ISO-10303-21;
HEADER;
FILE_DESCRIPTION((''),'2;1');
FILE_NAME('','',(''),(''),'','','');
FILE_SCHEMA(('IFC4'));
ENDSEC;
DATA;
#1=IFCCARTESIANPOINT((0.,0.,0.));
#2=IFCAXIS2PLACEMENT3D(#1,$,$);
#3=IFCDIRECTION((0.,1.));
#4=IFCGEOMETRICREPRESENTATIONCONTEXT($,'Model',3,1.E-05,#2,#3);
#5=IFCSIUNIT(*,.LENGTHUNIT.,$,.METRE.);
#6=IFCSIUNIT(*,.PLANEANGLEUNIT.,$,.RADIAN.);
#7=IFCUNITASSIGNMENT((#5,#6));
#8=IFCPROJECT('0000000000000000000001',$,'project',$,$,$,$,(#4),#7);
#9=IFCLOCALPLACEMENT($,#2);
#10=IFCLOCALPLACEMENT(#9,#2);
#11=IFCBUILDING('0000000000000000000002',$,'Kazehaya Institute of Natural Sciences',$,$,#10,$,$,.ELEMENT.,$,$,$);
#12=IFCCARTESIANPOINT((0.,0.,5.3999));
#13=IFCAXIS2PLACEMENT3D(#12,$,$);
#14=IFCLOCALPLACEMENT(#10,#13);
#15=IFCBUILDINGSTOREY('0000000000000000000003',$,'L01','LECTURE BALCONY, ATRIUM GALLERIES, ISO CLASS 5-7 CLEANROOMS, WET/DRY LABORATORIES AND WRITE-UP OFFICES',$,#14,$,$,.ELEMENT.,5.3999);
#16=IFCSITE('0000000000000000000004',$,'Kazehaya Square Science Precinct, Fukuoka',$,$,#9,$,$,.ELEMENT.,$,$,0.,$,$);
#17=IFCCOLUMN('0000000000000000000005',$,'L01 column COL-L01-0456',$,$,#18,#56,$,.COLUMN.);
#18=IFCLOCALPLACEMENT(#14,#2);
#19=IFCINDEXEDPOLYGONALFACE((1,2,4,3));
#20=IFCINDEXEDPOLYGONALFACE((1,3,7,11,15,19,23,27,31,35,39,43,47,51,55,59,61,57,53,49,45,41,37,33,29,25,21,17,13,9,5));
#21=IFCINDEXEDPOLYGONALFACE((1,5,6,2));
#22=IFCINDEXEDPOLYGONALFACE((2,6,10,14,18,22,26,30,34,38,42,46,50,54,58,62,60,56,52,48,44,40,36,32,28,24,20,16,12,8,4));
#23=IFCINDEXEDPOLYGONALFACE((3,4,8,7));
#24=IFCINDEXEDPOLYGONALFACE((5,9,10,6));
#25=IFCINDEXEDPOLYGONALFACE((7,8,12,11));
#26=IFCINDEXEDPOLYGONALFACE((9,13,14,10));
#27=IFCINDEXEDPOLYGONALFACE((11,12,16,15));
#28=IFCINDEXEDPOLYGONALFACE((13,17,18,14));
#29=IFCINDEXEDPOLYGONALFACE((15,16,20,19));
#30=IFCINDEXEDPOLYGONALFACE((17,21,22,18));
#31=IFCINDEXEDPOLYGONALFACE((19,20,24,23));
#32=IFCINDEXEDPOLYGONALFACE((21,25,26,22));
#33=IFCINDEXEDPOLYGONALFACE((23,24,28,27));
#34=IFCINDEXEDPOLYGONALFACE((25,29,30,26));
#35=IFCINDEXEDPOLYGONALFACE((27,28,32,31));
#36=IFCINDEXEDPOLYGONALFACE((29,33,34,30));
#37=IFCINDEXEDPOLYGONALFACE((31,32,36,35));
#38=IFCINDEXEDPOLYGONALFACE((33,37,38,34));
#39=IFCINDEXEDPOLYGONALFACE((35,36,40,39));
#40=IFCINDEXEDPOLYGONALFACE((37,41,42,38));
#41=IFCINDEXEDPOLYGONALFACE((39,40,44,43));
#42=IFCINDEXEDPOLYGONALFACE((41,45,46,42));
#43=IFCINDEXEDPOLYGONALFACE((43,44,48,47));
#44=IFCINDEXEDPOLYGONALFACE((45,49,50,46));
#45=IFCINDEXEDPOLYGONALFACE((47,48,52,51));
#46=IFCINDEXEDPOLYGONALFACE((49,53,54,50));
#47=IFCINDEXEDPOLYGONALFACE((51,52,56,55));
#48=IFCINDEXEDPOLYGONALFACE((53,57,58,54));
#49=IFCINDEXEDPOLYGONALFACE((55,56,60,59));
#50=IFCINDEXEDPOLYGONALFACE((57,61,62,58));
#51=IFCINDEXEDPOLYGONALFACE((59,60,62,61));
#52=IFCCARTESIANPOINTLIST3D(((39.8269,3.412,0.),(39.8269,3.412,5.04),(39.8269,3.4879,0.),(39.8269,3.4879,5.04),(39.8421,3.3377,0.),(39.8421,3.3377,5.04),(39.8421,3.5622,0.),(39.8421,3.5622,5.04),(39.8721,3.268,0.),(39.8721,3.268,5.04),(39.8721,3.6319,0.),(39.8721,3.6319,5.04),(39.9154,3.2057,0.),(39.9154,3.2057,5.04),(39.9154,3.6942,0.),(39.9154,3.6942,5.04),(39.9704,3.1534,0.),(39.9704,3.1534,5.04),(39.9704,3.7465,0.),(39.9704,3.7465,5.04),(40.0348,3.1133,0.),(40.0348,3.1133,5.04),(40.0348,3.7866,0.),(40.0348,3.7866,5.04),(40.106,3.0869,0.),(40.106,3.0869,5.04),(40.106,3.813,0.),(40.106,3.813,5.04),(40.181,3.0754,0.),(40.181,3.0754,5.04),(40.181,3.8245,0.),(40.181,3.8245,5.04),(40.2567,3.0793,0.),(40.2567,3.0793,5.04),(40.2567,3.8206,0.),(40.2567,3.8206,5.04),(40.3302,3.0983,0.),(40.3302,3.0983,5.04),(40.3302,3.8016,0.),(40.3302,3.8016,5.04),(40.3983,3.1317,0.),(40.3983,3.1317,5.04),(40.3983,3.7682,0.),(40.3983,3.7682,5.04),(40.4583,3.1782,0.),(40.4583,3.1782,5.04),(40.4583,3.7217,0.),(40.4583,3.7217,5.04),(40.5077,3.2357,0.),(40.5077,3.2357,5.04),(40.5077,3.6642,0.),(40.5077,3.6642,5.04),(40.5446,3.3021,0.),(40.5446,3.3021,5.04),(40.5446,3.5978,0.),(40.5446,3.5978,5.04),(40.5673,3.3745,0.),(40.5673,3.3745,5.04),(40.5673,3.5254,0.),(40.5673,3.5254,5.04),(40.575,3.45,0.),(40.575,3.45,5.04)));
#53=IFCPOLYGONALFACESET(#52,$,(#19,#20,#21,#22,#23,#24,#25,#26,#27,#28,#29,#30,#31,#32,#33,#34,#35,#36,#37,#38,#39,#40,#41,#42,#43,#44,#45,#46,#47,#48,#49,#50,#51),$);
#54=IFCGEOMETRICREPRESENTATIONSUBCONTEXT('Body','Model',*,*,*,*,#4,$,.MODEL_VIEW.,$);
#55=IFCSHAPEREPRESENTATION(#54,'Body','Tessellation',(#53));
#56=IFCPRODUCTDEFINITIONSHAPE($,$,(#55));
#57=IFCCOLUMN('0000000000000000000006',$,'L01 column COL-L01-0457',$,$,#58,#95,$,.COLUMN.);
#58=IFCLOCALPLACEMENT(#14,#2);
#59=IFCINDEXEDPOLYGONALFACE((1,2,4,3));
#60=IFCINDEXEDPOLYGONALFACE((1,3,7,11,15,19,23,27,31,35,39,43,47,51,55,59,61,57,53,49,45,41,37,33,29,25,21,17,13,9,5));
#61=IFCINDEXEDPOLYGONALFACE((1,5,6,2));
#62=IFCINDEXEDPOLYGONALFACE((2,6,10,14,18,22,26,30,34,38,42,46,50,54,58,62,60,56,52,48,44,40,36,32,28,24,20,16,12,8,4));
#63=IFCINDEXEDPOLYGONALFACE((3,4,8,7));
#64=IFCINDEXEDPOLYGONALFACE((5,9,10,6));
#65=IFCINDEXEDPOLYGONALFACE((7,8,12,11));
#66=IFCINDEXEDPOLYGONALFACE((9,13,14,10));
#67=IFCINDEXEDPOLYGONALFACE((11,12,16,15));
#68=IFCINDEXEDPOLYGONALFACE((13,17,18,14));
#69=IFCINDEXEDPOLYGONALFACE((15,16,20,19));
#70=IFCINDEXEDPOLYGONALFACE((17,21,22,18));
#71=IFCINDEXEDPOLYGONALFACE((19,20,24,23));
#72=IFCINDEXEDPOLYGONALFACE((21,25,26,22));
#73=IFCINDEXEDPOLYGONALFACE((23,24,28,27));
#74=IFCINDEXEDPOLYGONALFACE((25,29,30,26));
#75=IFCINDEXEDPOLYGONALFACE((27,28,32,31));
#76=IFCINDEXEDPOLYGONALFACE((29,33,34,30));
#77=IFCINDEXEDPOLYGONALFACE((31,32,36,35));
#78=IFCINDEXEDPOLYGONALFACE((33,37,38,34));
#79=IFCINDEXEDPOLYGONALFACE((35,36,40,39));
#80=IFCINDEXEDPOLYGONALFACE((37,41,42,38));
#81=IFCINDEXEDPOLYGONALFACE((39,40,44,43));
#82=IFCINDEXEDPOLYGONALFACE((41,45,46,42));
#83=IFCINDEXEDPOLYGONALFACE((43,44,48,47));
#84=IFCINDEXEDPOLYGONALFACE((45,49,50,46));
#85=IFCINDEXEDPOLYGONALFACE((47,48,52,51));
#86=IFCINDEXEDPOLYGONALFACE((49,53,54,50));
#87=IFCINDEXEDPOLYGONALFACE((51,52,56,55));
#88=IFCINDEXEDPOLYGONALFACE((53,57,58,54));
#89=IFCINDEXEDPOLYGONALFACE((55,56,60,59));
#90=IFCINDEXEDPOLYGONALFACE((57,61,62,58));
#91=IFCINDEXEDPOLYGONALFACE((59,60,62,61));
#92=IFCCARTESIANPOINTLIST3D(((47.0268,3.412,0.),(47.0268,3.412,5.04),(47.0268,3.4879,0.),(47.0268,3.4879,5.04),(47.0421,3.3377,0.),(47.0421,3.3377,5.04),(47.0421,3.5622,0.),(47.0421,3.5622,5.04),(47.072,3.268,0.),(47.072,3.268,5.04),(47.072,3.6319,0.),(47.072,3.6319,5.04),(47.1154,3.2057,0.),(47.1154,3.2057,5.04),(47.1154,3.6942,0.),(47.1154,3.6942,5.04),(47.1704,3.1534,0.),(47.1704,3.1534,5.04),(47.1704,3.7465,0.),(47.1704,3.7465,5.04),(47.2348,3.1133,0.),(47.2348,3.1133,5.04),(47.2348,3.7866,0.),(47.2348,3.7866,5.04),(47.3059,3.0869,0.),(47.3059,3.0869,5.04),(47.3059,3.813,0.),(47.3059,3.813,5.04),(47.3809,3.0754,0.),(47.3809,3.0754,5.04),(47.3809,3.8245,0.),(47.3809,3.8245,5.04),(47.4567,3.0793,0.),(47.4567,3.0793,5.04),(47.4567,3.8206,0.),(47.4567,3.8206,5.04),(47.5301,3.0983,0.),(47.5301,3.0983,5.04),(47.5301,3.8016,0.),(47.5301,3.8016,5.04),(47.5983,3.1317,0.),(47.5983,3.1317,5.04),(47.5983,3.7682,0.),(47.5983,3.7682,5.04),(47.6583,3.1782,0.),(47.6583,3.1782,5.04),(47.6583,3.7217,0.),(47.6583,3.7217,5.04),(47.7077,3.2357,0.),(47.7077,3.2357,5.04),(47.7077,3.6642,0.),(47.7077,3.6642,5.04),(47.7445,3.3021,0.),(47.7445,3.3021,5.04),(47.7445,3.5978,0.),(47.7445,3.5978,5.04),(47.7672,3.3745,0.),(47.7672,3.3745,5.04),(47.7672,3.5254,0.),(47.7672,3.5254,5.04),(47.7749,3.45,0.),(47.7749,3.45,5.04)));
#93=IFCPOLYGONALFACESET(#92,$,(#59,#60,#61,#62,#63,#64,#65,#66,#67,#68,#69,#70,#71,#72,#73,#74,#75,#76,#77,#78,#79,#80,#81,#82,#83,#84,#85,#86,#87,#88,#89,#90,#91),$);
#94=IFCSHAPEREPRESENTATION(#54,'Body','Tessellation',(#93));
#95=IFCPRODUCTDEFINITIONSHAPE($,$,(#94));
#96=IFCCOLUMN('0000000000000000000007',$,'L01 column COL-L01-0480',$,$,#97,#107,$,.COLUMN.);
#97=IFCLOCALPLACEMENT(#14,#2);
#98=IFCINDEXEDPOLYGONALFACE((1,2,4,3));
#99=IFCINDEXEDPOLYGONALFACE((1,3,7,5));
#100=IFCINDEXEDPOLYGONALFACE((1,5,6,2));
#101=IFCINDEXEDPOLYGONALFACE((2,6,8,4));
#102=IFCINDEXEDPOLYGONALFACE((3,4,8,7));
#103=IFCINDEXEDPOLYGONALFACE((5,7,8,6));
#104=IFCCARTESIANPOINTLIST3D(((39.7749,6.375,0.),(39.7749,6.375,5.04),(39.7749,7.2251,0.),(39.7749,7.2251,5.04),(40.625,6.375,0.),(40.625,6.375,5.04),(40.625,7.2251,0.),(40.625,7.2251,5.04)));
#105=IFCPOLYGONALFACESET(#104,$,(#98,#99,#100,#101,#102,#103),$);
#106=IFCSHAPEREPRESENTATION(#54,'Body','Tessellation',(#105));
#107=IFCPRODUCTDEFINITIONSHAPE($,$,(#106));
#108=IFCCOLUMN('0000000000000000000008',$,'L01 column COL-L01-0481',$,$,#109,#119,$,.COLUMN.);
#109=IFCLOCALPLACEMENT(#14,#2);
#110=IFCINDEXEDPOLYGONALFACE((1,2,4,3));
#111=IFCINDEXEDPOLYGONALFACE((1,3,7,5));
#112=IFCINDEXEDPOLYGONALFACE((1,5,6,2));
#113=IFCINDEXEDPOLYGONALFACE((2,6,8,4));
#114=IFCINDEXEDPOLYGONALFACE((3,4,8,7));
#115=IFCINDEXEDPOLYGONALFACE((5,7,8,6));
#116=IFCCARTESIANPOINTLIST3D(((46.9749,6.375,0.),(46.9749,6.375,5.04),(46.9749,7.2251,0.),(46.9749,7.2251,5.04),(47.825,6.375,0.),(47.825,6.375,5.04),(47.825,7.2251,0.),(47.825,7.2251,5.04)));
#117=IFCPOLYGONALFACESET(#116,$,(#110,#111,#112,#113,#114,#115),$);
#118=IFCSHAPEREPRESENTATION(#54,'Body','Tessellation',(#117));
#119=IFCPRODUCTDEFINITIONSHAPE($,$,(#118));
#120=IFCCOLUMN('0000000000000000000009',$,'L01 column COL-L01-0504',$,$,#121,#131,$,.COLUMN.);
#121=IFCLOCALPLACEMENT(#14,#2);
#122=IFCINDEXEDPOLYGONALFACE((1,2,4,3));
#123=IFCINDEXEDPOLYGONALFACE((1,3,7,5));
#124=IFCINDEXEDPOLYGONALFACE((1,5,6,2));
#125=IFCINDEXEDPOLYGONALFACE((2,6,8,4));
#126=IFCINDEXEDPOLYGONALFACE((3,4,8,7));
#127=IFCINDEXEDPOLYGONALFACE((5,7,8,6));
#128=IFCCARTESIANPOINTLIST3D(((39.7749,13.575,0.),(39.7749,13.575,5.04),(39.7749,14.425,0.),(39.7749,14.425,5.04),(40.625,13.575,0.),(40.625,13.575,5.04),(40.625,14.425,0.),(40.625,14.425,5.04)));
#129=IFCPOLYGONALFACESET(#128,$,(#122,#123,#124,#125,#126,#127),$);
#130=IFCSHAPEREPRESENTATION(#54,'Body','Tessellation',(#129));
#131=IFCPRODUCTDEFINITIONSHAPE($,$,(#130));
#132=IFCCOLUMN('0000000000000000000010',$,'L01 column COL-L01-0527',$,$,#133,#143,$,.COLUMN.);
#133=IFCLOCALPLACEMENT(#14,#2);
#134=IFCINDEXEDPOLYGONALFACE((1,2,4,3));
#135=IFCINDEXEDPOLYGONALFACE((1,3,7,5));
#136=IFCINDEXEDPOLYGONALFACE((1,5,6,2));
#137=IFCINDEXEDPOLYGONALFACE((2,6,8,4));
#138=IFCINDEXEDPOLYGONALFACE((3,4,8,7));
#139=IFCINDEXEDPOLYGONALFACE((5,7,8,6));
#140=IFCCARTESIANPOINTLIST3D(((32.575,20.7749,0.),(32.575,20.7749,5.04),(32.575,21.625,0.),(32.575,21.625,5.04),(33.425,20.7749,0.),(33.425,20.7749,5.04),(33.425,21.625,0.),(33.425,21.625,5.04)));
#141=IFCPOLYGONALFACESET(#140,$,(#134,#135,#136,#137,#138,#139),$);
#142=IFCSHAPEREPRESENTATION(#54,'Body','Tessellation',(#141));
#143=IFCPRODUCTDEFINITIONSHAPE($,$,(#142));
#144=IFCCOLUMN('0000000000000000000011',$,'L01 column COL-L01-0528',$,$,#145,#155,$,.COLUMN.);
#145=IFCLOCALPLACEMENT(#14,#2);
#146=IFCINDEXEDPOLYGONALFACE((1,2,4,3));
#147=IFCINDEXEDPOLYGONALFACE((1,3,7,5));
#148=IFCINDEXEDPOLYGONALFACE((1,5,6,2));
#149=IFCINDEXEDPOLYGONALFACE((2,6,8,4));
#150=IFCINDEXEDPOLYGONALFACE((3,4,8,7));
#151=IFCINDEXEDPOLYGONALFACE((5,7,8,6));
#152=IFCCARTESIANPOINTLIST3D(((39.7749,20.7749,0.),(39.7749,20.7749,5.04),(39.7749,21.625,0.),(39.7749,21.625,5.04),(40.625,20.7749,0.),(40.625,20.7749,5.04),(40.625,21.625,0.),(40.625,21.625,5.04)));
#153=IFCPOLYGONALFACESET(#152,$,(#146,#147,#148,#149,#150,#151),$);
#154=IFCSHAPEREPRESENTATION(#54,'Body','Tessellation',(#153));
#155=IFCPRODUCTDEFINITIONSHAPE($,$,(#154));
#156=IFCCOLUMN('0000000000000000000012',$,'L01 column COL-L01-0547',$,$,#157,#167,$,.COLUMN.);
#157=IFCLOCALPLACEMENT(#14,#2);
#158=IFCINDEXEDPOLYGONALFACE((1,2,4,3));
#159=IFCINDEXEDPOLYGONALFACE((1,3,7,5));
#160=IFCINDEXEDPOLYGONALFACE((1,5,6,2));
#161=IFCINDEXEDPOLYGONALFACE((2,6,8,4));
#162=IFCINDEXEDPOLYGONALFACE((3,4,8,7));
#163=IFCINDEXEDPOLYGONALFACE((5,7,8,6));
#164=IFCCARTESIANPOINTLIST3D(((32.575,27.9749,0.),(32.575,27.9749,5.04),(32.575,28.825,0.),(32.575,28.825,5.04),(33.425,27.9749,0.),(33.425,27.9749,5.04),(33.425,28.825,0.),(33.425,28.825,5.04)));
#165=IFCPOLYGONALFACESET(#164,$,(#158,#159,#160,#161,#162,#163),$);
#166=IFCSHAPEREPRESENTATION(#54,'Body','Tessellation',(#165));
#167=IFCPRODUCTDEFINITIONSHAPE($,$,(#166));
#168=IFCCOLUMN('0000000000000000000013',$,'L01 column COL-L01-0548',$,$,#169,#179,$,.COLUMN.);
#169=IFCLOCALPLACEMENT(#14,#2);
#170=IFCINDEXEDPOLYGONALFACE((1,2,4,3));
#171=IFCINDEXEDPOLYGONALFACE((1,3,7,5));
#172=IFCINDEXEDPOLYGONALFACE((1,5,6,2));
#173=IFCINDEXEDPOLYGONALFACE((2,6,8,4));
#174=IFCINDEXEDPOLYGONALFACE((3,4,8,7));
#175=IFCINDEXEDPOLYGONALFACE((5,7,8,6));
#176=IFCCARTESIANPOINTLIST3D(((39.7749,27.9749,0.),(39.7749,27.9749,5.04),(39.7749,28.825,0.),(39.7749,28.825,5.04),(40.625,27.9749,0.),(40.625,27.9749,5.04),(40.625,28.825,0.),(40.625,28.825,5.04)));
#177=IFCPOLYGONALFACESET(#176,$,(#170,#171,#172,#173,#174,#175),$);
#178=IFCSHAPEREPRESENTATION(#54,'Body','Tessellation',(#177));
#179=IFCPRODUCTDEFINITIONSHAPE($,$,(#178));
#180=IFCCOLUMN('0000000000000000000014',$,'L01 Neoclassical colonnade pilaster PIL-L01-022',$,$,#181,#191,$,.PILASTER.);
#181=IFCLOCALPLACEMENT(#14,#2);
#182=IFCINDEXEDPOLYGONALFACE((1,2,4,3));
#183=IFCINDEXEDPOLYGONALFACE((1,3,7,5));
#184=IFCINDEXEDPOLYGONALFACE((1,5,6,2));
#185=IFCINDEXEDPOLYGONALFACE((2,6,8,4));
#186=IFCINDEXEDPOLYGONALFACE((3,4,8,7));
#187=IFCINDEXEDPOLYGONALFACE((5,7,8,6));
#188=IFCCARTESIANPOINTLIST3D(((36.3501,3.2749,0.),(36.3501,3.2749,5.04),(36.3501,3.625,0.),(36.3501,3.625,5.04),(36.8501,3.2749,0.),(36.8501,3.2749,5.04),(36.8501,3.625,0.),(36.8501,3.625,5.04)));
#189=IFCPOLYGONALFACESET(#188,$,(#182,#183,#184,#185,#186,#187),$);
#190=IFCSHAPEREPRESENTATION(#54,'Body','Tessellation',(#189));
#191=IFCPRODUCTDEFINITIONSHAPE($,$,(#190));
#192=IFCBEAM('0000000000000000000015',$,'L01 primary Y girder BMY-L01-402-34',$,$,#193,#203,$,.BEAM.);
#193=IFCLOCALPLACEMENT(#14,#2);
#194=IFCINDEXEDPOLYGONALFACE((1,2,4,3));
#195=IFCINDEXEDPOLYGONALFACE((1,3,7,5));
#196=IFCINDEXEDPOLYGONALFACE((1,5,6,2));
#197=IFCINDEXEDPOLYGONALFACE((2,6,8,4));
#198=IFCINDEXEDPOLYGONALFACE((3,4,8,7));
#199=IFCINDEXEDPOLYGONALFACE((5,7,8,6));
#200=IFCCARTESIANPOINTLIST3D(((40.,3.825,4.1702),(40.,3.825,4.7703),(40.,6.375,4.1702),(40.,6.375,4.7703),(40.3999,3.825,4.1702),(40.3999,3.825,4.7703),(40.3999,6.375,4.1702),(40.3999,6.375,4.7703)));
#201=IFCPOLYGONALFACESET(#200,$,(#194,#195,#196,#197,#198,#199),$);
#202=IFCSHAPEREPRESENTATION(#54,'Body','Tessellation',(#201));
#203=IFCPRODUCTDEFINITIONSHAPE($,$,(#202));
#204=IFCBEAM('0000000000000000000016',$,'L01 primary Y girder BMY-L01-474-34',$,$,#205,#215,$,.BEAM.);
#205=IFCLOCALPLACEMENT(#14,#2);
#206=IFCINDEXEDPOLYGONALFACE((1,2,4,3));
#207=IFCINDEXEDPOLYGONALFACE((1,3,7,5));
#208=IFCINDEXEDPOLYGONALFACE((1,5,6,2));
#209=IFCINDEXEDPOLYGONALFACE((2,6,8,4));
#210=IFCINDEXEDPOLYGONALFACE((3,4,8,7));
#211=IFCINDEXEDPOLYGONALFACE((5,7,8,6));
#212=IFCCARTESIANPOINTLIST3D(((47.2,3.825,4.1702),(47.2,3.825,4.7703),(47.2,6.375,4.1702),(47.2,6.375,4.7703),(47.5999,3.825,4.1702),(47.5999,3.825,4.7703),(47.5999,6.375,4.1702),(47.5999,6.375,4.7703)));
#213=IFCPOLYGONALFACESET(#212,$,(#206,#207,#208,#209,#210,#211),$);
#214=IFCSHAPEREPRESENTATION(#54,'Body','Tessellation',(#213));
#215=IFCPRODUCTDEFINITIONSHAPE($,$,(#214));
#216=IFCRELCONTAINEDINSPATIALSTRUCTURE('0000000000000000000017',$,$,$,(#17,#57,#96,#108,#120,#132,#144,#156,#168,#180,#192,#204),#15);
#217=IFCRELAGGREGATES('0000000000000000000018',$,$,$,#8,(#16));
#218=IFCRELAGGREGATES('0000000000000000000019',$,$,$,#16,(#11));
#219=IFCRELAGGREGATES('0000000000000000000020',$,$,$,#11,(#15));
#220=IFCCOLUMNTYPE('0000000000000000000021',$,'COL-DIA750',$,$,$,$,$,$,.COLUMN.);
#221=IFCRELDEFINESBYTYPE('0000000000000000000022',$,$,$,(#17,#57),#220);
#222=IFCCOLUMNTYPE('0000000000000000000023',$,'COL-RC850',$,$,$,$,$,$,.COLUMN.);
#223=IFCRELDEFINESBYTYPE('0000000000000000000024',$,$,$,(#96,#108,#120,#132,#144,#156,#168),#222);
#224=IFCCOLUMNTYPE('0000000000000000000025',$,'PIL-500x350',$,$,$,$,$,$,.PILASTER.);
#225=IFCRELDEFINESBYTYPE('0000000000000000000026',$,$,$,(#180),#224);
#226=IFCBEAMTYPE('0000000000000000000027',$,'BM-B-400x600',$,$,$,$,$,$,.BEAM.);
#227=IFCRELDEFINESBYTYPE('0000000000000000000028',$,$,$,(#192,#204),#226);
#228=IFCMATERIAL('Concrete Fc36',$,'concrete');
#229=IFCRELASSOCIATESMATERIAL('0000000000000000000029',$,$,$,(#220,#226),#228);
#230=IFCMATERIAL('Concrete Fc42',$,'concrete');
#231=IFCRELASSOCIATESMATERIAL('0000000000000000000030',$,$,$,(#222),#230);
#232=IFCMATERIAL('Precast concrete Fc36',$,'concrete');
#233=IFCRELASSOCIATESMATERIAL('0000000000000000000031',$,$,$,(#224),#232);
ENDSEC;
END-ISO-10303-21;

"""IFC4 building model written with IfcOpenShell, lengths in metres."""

from ifc_helpers import new_model, si_unit, direction, frame, origin, origin_2d, place, context, subcontext, project, spatial, rectangle, circle, extrude, material, material_profile, profile_set, type_object, element, save


model = new_model("IFC4")

# Units and contexts
model_context = context("Model", 3, precision=1e-05, world=origin(), true_north=direction((0.0, 1.0)))
body_context = subcontext(model_context, "Body", "Model", "MODEL_VIEW")
ifc_project = project(units=[si_unit("LENGTHUNIT", "METRE"), si_unit("PLANEANGLEUNIT", "RADIAN")], contexts=[model_context])

# Site, building, storey
site_placement = place(None, origin())
site = spatial("IfcSite", under=ifc_project, at=site_placement, Name="Kazehaya Square Science Precinct, Fukuoka", CompositionType="ELEMENT", RefElevation=0.0)
building_placement = place(site_placement, origin())
building = spatial("IfcBuilding", under=site, at=building_placement, Name="Kazehaya Institute of Natural Sciences", CompositionType="ELEMENT")
storey_placement = place(building_placement, frame((0.0, 0.0, 5.3999)))
storey = spatial("IfcBuildingStorey", under=building, at=storey_placement, Name="L01", Description="LECTURE BALCONY, ATRIUM GALLERIES, ISO CLASS 5-7 CLEANROOMS, WET/DRY LABORATORIES AND WRITE-UP OFFICES", CompositionType="ELEMENT", Elevation=5.3999)

# Columns
ifc_material_1 = material(Name="Concrete Fc36", Category="concrete")
ifc_material_profile_1 = material_profile(ifc_material_1, circle(Radius=0.375, at=origin_2d()), Name="RC-DIA750")
ifc_profile_set_1 = profile_set([ifc_material_profile_1], Name="Concrete Fc36")
column_type_1 = type_object("IfcColumnType", Name="COL-DIA750", PredefinedType="COLUMN", material=ifc_profile_set_1)
for number, where, z_axis, x_axis, name in (
    (1, (40.2, 3.45, 0.0), (0.0, 0.0, 1.0), (1.0, 0.0, 0.0), "L01 column COL-L01-0456"),
    (2, (47.3999, 3.45, 0.0), (0.0, 0.0, 1.0), (1.0, 0.0, 0.0), "L01 column COL-L01-0457"),
):
    element("IfcColumn", number, at=place(storey_placement, frame(where, z_axis=z_axis, x_axis=x_axis)), inside=storey, type_object=column_type_1, Name=name, PredefinedType="COLUMN", context=body_context, shape_type="SweptSolid", body=[
        extrude(circle(Radius=0.375, at=origin_2d()), origin(), (0.0, 0.0, 1.0), 5.04),
    ])
ifc_material_2 = material(Name="Concrete Fc42", Category="concrete")
ifc_material_profile_2 = material_profile(ifc_material_2, rectangle(XDim=0.8501, YDim=0.8501, at=origin_2d()), Name="RC-850x850")
ifc_profile_set_2 = profile_set([ifc_material_profile_2], Name="Concrete Fc42")
column_type_2 = type_object("IfcColumnType", Name="COL-RC850", PredefinedType="COLUMN", material=ifc_profile_set_2)
for number, where, z_axis, x_axis, name in (
    (3, (40.2, 6.8, 0.0), (0.0, 0.0, 1.0), (1.0, 0.0, 0.0), "L01 column COL-L01-0480"),
    (4, (47.3999, 6.8, 0.0), (0.0, 0.0, 1.0), (1.0, 0.0, 0.0), "L01 column COL-L01-0481"),
    (5, (40.2, 14.0, 0.0), (0.0, 0.0, 1.0), (1.0, 0.0, 0.0), "L01 column COL-L01-0504"),
    (6, (33.0, 21.2, 0.0), (0.0, 0.0, 1.0), (1.0, 0.0, 0.0), "L01 column COL-L01-0527"),
    (7, (40.2, 21.2, 0.0), (0.0, 0.0, 1.0), (1.0, 0.0, 0.0), "L01 column COL-L01-0528"),
    (8, (33.0, 28.3999, 0.0), (0.0, 0.0, 1.0), (1.0, 0.0, 0.0), "L01 column COL-L01-0547"),
    (9, (40.2, 28.3999, 0.0), (0.0, 0.0, 1.0), (1.0, 0.0, 0.0), "L01 column COL-L01-0548"),
):
    element("IfcColumn", number, at=place(storey_placement, frame(where, z_axis=z_axis, x_axis=x_axis)), inside=storey, type_object=column_type_2, Name=name, PredefinedType="COLUMN", context=body_context, shape_type="SweptSolid", body=[
        extrude(rectangle(XDim=0.8501, YDim=0.8501, at=origin_2d()), origin(), (0.0, 0.0, 1.0), 5.04),
    ])
ifc_material_3 = material(Name="Precast concrete Fc36", Category="concrete")
ifc_material_profile_3 = material_profile(ifc_material_3, rectangle(XDim=0.5, YDim=0.3501, at=origin_2d()), Name="RC-PIL-500x350")
ifc_profile_set_3 = profile_set([ifc_material_profile_3], Name="Precast concrete Fc36")
column_type_3 = type_object("IfcColumnType", Name="PIL-500x350", PredefinedType="PILASTER", material=ifc_profile_set_3)
column_placement = place(storey_placement, frame((36.6001, 3.45, 0.0), z_axis=(0.0, 0.0, 1.0), x_axis=(1.0, 0.0, 0.0)))
element("IfcColumn", 10, at=column_placement, inside=storey, type_object=column_type_3, Name="L01 Neoclassical colonnade pilaster PIL-L01-022", PredefinedType="PILASTER", context=body_context, shape_type="SweptSolid", body=[
    extrude(rectangle(XDim=0.5, YDim=0.3501, at=origin_2d()), origin(), (0.0, 0.0, 1.0), 5.04),
])

# Beams
ifc_material_profile_4 = material_profile(ifc_material_1, rectangle(XDim=0.3999, YDim=0.6001, at=origin_2d()), Name="RC-400x600")
ifc_profile_set_4 = profile_set([ifc_material_profile_4], Name="Concrete Fc36")
beam_type_1 = type_object("IfcBeamType", Name="BM-B-400x600", PredefinedType="BEAM", material=ifc_profile_set_4)
for number, where, z_axis, x_axis, name in (
    (11, (40.2, 3.825, 4.4702), (0.0, 1.0, 0.0), (-1.0, 0.0, 0.0), "L01 primary Y girder BMY-L01-402-34"),
    (12, (47.3999, 3.825, 4.4702), (0.0, 1.0, 0.0), (-1.0, 0.0, 0.0), "L01 primary Y girder BMY-L01-474-34"),
):
    element("IfcBeam", number, at=place(storey_placement, frame(where, z_axis=z_axis, x_axis=x_axis)), inside=storey, type_object=beam_type_1, Name=name, PredefinedType="BEAM", context=body_context, shape_type="SweptSolid", body=[
        extrude(rectangle(XDim=0.3999, YDim=0.6001, at=origin_2d()), origin(), (0.0, 0.0, 1.0), 2.55),
    ])

save(model, "model.ifc")
